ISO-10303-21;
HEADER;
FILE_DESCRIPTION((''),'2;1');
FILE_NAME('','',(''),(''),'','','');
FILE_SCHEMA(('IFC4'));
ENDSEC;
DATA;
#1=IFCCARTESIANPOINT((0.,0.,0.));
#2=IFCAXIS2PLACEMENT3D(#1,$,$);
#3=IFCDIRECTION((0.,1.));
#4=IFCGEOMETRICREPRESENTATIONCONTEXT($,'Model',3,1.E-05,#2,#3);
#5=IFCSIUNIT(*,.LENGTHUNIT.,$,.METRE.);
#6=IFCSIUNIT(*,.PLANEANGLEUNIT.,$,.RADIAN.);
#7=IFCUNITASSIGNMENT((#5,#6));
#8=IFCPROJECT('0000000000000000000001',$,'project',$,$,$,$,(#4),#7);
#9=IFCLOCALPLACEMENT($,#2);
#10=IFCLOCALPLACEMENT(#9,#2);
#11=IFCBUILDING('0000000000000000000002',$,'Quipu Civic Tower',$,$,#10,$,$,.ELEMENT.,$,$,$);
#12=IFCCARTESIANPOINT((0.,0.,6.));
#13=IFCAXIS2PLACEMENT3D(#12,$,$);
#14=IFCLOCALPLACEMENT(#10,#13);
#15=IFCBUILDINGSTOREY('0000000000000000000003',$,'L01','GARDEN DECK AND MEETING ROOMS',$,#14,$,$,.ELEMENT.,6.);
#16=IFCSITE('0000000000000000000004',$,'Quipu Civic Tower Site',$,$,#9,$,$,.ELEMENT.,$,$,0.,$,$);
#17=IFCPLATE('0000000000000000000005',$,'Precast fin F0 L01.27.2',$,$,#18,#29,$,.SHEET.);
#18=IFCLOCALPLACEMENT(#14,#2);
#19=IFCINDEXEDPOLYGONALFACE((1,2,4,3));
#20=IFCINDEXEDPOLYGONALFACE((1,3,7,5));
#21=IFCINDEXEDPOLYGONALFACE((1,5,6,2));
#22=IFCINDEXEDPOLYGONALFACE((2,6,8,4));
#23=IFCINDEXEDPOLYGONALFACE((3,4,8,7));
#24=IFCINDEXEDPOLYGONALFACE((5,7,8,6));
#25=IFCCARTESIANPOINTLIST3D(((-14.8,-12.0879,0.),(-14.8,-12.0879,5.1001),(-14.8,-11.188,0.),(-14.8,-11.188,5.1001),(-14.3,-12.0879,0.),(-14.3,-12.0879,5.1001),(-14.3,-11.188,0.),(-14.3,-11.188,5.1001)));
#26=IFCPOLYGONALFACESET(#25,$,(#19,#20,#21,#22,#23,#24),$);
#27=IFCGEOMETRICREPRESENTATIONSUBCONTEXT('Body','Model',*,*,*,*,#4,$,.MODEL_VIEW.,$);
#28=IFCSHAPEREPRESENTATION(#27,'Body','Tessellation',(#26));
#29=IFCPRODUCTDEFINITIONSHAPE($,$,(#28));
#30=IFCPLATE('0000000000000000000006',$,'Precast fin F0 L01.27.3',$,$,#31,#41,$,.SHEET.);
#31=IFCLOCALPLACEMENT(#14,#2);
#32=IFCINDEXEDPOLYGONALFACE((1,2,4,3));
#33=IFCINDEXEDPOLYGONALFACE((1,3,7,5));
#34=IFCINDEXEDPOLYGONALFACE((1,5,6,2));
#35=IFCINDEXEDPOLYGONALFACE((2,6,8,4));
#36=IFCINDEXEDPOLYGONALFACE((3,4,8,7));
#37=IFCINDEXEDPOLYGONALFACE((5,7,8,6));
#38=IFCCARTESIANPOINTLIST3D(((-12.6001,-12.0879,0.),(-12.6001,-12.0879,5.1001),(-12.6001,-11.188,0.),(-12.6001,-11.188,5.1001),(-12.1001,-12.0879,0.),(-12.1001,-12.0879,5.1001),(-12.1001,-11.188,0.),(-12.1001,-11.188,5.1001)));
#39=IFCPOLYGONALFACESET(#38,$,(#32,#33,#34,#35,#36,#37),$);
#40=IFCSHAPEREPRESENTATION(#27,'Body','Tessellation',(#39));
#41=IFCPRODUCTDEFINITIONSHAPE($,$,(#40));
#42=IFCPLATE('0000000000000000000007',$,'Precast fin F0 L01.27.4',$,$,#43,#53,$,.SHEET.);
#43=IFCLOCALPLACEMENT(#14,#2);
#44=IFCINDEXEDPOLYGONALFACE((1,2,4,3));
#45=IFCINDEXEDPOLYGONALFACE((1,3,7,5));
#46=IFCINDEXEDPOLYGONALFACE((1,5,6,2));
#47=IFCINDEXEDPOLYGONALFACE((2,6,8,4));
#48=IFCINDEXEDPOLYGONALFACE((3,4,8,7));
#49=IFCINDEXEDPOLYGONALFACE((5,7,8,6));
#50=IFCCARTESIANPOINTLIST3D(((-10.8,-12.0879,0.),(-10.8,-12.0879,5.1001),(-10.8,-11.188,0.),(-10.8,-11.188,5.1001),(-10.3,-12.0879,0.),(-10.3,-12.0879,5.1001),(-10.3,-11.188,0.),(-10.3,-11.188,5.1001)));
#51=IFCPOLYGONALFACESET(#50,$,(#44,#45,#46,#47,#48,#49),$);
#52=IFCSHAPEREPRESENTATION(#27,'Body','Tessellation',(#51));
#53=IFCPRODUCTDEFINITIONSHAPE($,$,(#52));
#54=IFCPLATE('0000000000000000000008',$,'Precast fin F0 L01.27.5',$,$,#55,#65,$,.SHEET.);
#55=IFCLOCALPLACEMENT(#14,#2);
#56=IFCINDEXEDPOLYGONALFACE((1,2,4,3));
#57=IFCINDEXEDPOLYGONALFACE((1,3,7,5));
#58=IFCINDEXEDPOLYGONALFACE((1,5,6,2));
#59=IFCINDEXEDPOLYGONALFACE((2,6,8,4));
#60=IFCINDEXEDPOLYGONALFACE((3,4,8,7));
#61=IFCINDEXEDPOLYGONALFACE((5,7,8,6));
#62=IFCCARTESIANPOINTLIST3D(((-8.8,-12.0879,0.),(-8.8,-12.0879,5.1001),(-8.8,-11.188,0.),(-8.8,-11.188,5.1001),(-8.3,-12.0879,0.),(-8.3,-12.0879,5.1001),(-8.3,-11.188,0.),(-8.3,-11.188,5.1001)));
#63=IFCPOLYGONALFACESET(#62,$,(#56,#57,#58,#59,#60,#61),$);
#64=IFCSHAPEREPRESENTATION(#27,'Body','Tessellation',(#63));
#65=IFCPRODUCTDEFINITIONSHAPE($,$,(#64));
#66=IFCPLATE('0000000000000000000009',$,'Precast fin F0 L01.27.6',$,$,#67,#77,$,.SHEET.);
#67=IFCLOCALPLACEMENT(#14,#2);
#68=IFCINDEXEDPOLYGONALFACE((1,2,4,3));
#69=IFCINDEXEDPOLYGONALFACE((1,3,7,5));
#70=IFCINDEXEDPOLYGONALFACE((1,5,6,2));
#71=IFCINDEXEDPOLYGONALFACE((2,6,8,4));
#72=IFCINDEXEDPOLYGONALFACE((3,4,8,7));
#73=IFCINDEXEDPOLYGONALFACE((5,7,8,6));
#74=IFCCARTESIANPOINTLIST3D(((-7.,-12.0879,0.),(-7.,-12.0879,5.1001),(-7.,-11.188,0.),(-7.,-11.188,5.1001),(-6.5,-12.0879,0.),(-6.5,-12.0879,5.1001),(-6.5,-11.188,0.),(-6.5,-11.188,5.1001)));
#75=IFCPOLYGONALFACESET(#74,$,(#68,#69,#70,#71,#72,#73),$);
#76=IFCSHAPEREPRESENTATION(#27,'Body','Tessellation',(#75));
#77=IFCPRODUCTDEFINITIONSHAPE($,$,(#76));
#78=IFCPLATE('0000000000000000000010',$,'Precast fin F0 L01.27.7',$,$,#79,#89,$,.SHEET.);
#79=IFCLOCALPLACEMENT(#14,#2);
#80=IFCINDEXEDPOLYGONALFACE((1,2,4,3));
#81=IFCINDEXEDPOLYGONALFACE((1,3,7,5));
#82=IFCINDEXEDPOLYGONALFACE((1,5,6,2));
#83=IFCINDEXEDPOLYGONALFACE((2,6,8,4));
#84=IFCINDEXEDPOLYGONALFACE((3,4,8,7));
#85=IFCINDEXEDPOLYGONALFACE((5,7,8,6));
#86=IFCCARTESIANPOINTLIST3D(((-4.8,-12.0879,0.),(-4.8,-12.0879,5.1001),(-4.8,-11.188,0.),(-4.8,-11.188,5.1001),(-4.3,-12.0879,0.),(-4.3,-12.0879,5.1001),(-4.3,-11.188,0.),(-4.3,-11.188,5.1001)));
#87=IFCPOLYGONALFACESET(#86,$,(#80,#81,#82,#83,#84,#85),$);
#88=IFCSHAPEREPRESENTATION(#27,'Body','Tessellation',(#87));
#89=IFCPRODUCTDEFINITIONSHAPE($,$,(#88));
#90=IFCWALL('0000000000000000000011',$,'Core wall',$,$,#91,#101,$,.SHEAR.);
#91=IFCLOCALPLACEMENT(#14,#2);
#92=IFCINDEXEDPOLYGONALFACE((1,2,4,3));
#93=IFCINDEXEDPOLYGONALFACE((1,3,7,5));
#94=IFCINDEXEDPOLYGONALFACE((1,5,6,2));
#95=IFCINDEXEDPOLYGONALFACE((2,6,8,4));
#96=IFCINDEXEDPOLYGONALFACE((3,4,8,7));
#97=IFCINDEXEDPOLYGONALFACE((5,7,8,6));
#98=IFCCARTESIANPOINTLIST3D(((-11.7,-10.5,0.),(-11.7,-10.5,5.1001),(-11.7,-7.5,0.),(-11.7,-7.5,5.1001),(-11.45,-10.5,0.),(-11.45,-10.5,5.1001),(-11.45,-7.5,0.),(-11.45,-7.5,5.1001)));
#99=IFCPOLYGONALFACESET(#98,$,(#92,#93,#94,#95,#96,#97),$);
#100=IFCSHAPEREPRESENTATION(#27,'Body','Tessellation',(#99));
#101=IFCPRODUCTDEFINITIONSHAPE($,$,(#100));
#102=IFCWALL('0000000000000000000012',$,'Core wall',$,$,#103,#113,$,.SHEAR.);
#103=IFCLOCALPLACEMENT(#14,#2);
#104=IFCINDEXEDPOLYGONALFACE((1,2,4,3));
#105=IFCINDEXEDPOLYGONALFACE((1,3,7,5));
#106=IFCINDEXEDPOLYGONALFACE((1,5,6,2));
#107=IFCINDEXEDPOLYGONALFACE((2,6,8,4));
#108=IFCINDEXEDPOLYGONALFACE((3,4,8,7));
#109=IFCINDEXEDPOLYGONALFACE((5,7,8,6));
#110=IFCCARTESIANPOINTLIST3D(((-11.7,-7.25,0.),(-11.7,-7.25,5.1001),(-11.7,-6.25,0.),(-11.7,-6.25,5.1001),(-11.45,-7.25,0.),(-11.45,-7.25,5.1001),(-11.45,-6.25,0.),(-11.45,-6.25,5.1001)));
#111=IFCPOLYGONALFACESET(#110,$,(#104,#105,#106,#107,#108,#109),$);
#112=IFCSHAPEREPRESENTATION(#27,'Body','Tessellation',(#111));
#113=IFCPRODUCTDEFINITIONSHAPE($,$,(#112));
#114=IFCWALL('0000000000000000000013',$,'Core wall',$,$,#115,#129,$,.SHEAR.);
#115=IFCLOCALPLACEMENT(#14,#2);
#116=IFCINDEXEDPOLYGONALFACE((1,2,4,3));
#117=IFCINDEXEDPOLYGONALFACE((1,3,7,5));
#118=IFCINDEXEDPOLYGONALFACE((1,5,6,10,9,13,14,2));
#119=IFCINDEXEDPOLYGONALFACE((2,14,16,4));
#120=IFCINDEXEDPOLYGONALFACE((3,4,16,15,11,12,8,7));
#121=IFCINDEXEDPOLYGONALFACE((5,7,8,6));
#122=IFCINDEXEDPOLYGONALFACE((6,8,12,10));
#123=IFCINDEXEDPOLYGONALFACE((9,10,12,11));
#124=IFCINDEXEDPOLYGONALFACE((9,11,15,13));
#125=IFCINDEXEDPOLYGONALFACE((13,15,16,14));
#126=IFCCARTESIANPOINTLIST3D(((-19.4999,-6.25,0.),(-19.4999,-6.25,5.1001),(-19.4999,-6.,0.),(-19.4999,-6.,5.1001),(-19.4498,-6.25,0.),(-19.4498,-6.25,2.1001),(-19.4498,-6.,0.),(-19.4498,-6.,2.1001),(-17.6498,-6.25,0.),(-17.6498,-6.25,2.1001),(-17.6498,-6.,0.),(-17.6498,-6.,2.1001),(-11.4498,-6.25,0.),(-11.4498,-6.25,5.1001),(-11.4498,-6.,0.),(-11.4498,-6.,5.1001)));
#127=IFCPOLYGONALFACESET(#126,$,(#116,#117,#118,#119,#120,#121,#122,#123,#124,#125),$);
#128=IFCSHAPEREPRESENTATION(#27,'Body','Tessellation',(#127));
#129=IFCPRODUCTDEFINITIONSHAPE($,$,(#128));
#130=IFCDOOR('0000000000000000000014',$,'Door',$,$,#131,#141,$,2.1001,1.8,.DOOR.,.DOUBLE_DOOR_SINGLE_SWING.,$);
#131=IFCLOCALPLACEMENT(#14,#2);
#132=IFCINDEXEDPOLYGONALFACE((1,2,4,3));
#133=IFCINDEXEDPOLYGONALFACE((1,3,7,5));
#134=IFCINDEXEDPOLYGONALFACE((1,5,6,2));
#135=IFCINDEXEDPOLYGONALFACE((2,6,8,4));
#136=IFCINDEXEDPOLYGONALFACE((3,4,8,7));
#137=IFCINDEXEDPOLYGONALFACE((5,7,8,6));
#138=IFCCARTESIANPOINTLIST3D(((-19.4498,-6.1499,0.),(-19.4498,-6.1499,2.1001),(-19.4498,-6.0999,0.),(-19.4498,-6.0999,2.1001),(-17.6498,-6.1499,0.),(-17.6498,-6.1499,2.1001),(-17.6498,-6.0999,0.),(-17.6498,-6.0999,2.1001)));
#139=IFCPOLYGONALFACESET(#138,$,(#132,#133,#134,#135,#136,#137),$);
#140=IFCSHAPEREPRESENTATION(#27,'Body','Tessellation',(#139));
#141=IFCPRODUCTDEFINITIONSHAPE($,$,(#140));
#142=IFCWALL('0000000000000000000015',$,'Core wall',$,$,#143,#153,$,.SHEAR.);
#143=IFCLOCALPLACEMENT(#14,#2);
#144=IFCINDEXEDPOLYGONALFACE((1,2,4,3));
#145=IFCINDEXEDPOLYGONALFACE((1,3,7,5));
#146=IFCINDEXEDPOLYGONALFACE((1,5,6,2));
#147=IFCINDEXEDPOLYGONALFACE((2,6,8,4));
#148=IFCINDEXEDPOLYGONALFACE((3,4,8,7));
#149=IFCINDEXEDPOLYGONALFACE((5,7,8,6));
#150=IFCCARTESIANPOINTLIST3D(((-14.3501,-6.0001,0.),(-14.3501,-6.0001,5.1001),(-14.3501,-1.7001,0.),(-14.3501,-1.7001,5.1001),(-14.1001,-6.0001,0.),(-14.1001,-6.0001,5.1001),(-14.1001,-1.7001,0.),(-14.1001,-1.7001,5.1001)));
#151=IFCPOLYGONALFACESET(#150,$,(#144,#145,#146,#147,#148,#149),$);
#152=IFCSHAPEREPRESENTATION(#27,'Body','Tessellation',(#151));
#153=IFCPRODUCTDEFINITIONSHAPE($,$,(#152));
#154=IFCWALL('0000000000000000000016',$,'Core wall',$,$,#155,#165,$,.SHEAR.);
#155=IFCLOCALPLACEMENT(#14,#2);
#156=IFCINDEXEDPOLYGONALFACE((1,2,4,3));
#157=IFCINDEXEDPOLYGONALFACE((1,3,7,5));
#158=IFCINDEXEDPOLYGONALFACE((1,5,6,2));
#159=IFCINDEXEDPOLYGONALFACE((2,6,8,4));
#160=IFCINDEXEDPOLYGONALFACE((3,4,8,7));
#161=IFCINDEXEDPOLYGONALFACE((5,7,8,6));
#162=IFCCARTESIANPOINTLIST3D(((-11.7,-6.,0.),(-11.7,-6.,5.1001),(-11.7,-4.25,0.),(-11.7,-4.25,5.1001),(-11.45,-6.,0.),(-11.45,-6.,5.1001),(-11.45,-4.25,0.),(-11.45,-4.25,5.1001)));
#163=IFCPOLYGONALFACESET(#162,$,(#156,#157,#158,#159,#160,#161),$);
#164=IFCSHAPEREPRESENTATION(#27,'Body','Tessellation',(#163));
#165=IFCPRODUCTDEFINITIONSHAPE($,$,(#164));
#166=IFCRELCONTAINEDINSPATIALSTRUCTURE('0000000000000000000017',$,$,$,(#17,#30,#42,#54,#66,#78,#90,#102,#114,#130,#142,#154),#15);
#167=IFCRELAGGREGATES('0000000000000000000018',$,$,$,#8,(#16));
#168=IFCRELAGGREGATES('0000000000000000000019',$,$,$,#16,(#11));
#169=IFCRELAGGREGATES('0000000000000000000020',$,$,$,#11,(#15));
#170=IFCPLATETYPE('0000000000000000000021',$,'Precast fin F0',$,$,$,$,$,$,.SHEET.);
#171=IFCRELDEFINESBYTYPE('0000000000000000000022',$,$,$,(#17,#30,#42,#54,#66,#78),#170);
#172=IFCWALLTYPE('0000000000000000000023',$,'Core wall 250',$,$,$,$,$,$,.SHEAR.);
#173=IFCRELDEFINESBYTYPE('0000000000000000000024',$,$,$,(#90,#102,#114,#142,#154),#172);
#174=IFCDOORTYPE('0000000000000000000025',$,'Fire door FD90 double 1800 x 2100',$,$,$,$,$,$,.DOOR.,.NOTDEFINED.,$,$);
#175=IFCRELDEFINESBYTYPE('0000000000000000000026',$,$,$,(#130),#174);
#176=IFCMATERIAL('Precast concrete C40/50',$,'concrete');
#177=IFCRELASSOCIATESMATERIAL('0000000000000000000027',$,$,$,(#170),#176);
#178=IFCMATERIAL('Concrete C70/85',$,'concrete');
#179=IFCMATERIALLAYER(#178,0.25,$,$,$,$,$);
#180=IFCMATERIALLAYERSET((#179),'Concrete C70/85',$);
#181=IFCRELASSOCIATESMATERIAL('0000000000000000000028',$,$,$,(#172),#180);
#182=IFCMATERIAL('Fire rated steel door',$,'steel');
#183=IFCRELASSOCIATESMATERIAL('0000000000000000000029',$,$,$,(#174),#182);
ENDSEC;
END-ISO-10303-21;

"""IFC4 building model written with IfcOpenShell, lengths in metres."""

from ifc_helpers import new_model, si_unit, direction, frame, frame_2d, origin, origin_2d, place, context, subcontext, project, spatial, rectangle, extrude, material, layer, layer_set, type_object, element, fill, save


model = new_model("IFC4")

# Units and contexts
model_context = context("Model", 3, precision=1e-05, world=origin(), true_north=direction((0.0, 1.0)))
body_context = subcontext(model_context, "Body", "Model", "MODEL_VIEW")
ifc_project = project(units=[si_unit("LENGTHUNIT", "METRE"), si_unit("PLANEANGLEUNIT", "RADIAN")], contexts=[model_context])

# Site, building, storey
site_placement = place(None, origin())
site = spatial("IfcSite", under=ifc_project, at=site_placement, Name="Quipu Civic Tower Site", CompositionType="ELEMENT", RefElevation=0.0)
building_placement = place(site_placement, origin())
building = spatial("IfcBuilding", under=site, at=building_placement, Name="Quipu Civic Tower", CompositionType="ELEMENT")
storey_placement = place(building_placement, frame((0.0, 0.0, 6.0)))
storey = spatial("IfcBuildingStorey", under=building, at=storey_placement, Name="L01", Description="GARDEN DECK AND MEETING ROOMS", CompositionType="ELEMENT", Elevation=6.0)

# Plates
ifc_material_1 = material(Name="Precast concrete C40/50", Category="concrete")
plate_type = type_object("IfcPlateType", Name="Precast fin F0", PredefinedType="SHEET", material=ifc_material_1)
for number, where, z_axis, x_axis, name in (
    (1, (-14.55, -11.6379, 0.0), (0.0, 0.0, 1.0), (1.0, 0.0, 0.0), "Precast fin F0 L01.27.2"),
    (2, (-12.3501, -11.6379, 0.0), (0.0, 0.0, 1.0), (1.0, 0.0, 0.0), "Precast fin F0 L01.27.3"),
    (3, (-10.55, -11.6379, 0.0), (0.0, 0.0, 1.0), (1.0, 0.0, 0.0), "Precast fin F0 L01.27.4"),
    (4, (-8.55, -11.6379, 0.0), (0.0, 0.0, 1.0), (1.0, 0.0, 0.0), "Precast fin F0 L01.27.5"),
    (5, (-6.75, -11.6379, 0.0), (0.0, 0.0, 1.0), (1.0, 0.0, 0.0), "Precast fin F0 L01.27.6"),
    (6, (-4.55, -11.6379, 0.0), (0.0, 0.0, 1.0), (1.0, 0.0, 0.0), "Precast fin F0 L01.27.7"),
):
    element("IfcPlate", number, at=place(storey_placement, frame(where, z_axis=z_axis, x_axis=x_axis)), inside=storey, type_object=plate_type, Name=name, PredefinedType="SHEET", context=body_context, shape_type="SweptSolid", body=[
        extrude(rectangle(XDim=0.5, YDim=0.8999, at=origin_2d()), origin(), (0.0, 0.0, 1.0), 5.1001),
    ])

# Walls
ifc_material_2 = material(Name="Concrete C70/85", Category="concrete")
ifc_layer_1 = layer(ifc_material_2, 0.25)
ifc_layer_set_1 = layer_set([ifc_layer_1], Name="Concrete C70/85")
wall_type_1 = type_object("IfcWallType", Name="Core wall 250", PredefinedType="SHEAR", material=ifc_layer_set_1)
wall_1_placement = place(storey_placement, frame((-11.575, -10.5, 0.0), z_axis=(0.0, 0.0, 1.0), x_axis=(0.0, 1.0, 0.0)))
element("IfcWall", 7, at=wall_1_placement, inside=storey, type_object=wall_type_1, Name="Core wall", PredefinedType="SHEAR", context=body_context, shape_type="SweptSolid", body=[
    extrude(rectangle(XDim=3.0, YDim=0.25, at=frame_2d((1.5, 0.0))), origin(), (0.0, 0.0, 1.0), 5.1001),
])
wall_2_placement = place(storey_placement, frame((-11.575, -7.25, 0.0), z_axis=(0.0, 0.0, 1.0), x_axis=(0.0, 1.0, 0.0)))
element("IfcWall", 8, at=wall_2_placement, inside=storey, type_object=wall_type_1, Name="Core wall", PredefinedType="SHEAR", context=body_context, shape_type="SweptSolid", body=[
    extrude(rectangle(XDim=1.0, YDim=0.25, at=frame_2d((0.5, 0.0))), origin(), (0.0, 0.0, 1.0), 5.1001),
])

# Wall, opening, door
wall_3_placement = place(storey_placement, frame((-11.45, -6.125, 0.0), z_axis=(0.0, 0.0, 1.0), x_axis=(-1.0, 0.0, 0.0)))
wall_3 = element("IfcWall", 9, at=wall_3_placement, inside=storey, type_object=wall_type_1, Name="Core wall", PredefinedType="SHEAR", context=body_context, shape_type="SweptSolid", body=[
    extrude(rectangle(XDim=8.05, YDim=0.25, at=frame_2d((4.0249, 0.0))), origin(), (0.0, 0.0, 1.0), 5.1001),
])
opening_1_placement = place(wall_3_placement, frame((6.2, 0.0, 0.0)))
opening_1 = element("IfcOpeningElement", 10, at=opening_1_placement, cuts=wall_3, PredefinedType="OPENING", context=body_context, shape_type="SweptSolid", body=[
    extrude(rectangle(XDim=1.8, YDim=2.1001, at=frame_2d((0.8999, 1.05))), frame((0.0, 0.135, 0.0), z_axis=(0.0, -1.0, 0.0), x_axis=(1.0, 0.0, 0.0)), (0.0, 0.0, 1.0), 0.27),
])
ifc_material_3 = material(Name="Fire rated steel door", Category="steel")
door_type_1 = type_object("IfcDoorType", Name="Fire door FD90 double 1800 x 2100", OperationType="NOTDEFINED", PredefinedType="DOOR", material=ifc_material_3)
door_1_placement = place(opening_1_placement, origin())
door_1 = element("IfcDoor", 11, at=door_1_placement, inside=storey, type_object=door_type_1, Name="Door", OperationType="DOUBLE_DOOR_SINGLE_SWING", OverallHeight=2.1001, OverallWidth=1.8, PredefinedType="DOOR", context=body_context, shape_type="SweptSolid", body=[
    extrude(rectangle(XDim=1.8, YDim=2.1001, at=frame_2d((0.8999, 1.05))), frame((0.0, 0.0249, 0.0), z_axis=(0.0, -1.0, 0.0), x_axis=(1.0, 0.0, 0.0)), (0.0, 0.0, 1.0), 0.05),
])
fill(opening_1, door_1)

# Walls
wall_4_placement = place(storey_placement, frame((-14.2251, -6.0, 0.0), z_axis=(0.0, 0.0, 1.0), x_axis=(0.0, 1.0, 0.0)))
element("IfcWall", 12, at=wall_4_placement, inside=storey, type_object=wall_type_1, Name="Core wall", PredefinedType="SHEAR", context=body_context, shape_type="SweptSolid", body=[
    extrude(rectangle(XDim=4.3, YDim=0.25, at=frame_2d((2.1499, 0.0))), origin(), (0.0, 0.0, 1.0), 5.1001),
])
wall_5_placement = place(storey_placement, frame((-11.575, -6.0, 0.0), z_axis=(0.0, 0.0, 1.0), x_axis=(0.0, 1.0, 0.0)))
element("IfcWall", 13, at=wall_5_placement, inside=storey, type_object=wall_type_1, Name="Core wall", PredefinedType="SHEAR", context=body_context, shape_type="SweptSolid", body=[
    extrude(rectangle(XDim=1.75, YDim=0.25, at=frame_2d((0.875, 0.0))), origin(), (0.0, 0.0, 1.0), 5.1001),
])

save(model, "model.ifc")
